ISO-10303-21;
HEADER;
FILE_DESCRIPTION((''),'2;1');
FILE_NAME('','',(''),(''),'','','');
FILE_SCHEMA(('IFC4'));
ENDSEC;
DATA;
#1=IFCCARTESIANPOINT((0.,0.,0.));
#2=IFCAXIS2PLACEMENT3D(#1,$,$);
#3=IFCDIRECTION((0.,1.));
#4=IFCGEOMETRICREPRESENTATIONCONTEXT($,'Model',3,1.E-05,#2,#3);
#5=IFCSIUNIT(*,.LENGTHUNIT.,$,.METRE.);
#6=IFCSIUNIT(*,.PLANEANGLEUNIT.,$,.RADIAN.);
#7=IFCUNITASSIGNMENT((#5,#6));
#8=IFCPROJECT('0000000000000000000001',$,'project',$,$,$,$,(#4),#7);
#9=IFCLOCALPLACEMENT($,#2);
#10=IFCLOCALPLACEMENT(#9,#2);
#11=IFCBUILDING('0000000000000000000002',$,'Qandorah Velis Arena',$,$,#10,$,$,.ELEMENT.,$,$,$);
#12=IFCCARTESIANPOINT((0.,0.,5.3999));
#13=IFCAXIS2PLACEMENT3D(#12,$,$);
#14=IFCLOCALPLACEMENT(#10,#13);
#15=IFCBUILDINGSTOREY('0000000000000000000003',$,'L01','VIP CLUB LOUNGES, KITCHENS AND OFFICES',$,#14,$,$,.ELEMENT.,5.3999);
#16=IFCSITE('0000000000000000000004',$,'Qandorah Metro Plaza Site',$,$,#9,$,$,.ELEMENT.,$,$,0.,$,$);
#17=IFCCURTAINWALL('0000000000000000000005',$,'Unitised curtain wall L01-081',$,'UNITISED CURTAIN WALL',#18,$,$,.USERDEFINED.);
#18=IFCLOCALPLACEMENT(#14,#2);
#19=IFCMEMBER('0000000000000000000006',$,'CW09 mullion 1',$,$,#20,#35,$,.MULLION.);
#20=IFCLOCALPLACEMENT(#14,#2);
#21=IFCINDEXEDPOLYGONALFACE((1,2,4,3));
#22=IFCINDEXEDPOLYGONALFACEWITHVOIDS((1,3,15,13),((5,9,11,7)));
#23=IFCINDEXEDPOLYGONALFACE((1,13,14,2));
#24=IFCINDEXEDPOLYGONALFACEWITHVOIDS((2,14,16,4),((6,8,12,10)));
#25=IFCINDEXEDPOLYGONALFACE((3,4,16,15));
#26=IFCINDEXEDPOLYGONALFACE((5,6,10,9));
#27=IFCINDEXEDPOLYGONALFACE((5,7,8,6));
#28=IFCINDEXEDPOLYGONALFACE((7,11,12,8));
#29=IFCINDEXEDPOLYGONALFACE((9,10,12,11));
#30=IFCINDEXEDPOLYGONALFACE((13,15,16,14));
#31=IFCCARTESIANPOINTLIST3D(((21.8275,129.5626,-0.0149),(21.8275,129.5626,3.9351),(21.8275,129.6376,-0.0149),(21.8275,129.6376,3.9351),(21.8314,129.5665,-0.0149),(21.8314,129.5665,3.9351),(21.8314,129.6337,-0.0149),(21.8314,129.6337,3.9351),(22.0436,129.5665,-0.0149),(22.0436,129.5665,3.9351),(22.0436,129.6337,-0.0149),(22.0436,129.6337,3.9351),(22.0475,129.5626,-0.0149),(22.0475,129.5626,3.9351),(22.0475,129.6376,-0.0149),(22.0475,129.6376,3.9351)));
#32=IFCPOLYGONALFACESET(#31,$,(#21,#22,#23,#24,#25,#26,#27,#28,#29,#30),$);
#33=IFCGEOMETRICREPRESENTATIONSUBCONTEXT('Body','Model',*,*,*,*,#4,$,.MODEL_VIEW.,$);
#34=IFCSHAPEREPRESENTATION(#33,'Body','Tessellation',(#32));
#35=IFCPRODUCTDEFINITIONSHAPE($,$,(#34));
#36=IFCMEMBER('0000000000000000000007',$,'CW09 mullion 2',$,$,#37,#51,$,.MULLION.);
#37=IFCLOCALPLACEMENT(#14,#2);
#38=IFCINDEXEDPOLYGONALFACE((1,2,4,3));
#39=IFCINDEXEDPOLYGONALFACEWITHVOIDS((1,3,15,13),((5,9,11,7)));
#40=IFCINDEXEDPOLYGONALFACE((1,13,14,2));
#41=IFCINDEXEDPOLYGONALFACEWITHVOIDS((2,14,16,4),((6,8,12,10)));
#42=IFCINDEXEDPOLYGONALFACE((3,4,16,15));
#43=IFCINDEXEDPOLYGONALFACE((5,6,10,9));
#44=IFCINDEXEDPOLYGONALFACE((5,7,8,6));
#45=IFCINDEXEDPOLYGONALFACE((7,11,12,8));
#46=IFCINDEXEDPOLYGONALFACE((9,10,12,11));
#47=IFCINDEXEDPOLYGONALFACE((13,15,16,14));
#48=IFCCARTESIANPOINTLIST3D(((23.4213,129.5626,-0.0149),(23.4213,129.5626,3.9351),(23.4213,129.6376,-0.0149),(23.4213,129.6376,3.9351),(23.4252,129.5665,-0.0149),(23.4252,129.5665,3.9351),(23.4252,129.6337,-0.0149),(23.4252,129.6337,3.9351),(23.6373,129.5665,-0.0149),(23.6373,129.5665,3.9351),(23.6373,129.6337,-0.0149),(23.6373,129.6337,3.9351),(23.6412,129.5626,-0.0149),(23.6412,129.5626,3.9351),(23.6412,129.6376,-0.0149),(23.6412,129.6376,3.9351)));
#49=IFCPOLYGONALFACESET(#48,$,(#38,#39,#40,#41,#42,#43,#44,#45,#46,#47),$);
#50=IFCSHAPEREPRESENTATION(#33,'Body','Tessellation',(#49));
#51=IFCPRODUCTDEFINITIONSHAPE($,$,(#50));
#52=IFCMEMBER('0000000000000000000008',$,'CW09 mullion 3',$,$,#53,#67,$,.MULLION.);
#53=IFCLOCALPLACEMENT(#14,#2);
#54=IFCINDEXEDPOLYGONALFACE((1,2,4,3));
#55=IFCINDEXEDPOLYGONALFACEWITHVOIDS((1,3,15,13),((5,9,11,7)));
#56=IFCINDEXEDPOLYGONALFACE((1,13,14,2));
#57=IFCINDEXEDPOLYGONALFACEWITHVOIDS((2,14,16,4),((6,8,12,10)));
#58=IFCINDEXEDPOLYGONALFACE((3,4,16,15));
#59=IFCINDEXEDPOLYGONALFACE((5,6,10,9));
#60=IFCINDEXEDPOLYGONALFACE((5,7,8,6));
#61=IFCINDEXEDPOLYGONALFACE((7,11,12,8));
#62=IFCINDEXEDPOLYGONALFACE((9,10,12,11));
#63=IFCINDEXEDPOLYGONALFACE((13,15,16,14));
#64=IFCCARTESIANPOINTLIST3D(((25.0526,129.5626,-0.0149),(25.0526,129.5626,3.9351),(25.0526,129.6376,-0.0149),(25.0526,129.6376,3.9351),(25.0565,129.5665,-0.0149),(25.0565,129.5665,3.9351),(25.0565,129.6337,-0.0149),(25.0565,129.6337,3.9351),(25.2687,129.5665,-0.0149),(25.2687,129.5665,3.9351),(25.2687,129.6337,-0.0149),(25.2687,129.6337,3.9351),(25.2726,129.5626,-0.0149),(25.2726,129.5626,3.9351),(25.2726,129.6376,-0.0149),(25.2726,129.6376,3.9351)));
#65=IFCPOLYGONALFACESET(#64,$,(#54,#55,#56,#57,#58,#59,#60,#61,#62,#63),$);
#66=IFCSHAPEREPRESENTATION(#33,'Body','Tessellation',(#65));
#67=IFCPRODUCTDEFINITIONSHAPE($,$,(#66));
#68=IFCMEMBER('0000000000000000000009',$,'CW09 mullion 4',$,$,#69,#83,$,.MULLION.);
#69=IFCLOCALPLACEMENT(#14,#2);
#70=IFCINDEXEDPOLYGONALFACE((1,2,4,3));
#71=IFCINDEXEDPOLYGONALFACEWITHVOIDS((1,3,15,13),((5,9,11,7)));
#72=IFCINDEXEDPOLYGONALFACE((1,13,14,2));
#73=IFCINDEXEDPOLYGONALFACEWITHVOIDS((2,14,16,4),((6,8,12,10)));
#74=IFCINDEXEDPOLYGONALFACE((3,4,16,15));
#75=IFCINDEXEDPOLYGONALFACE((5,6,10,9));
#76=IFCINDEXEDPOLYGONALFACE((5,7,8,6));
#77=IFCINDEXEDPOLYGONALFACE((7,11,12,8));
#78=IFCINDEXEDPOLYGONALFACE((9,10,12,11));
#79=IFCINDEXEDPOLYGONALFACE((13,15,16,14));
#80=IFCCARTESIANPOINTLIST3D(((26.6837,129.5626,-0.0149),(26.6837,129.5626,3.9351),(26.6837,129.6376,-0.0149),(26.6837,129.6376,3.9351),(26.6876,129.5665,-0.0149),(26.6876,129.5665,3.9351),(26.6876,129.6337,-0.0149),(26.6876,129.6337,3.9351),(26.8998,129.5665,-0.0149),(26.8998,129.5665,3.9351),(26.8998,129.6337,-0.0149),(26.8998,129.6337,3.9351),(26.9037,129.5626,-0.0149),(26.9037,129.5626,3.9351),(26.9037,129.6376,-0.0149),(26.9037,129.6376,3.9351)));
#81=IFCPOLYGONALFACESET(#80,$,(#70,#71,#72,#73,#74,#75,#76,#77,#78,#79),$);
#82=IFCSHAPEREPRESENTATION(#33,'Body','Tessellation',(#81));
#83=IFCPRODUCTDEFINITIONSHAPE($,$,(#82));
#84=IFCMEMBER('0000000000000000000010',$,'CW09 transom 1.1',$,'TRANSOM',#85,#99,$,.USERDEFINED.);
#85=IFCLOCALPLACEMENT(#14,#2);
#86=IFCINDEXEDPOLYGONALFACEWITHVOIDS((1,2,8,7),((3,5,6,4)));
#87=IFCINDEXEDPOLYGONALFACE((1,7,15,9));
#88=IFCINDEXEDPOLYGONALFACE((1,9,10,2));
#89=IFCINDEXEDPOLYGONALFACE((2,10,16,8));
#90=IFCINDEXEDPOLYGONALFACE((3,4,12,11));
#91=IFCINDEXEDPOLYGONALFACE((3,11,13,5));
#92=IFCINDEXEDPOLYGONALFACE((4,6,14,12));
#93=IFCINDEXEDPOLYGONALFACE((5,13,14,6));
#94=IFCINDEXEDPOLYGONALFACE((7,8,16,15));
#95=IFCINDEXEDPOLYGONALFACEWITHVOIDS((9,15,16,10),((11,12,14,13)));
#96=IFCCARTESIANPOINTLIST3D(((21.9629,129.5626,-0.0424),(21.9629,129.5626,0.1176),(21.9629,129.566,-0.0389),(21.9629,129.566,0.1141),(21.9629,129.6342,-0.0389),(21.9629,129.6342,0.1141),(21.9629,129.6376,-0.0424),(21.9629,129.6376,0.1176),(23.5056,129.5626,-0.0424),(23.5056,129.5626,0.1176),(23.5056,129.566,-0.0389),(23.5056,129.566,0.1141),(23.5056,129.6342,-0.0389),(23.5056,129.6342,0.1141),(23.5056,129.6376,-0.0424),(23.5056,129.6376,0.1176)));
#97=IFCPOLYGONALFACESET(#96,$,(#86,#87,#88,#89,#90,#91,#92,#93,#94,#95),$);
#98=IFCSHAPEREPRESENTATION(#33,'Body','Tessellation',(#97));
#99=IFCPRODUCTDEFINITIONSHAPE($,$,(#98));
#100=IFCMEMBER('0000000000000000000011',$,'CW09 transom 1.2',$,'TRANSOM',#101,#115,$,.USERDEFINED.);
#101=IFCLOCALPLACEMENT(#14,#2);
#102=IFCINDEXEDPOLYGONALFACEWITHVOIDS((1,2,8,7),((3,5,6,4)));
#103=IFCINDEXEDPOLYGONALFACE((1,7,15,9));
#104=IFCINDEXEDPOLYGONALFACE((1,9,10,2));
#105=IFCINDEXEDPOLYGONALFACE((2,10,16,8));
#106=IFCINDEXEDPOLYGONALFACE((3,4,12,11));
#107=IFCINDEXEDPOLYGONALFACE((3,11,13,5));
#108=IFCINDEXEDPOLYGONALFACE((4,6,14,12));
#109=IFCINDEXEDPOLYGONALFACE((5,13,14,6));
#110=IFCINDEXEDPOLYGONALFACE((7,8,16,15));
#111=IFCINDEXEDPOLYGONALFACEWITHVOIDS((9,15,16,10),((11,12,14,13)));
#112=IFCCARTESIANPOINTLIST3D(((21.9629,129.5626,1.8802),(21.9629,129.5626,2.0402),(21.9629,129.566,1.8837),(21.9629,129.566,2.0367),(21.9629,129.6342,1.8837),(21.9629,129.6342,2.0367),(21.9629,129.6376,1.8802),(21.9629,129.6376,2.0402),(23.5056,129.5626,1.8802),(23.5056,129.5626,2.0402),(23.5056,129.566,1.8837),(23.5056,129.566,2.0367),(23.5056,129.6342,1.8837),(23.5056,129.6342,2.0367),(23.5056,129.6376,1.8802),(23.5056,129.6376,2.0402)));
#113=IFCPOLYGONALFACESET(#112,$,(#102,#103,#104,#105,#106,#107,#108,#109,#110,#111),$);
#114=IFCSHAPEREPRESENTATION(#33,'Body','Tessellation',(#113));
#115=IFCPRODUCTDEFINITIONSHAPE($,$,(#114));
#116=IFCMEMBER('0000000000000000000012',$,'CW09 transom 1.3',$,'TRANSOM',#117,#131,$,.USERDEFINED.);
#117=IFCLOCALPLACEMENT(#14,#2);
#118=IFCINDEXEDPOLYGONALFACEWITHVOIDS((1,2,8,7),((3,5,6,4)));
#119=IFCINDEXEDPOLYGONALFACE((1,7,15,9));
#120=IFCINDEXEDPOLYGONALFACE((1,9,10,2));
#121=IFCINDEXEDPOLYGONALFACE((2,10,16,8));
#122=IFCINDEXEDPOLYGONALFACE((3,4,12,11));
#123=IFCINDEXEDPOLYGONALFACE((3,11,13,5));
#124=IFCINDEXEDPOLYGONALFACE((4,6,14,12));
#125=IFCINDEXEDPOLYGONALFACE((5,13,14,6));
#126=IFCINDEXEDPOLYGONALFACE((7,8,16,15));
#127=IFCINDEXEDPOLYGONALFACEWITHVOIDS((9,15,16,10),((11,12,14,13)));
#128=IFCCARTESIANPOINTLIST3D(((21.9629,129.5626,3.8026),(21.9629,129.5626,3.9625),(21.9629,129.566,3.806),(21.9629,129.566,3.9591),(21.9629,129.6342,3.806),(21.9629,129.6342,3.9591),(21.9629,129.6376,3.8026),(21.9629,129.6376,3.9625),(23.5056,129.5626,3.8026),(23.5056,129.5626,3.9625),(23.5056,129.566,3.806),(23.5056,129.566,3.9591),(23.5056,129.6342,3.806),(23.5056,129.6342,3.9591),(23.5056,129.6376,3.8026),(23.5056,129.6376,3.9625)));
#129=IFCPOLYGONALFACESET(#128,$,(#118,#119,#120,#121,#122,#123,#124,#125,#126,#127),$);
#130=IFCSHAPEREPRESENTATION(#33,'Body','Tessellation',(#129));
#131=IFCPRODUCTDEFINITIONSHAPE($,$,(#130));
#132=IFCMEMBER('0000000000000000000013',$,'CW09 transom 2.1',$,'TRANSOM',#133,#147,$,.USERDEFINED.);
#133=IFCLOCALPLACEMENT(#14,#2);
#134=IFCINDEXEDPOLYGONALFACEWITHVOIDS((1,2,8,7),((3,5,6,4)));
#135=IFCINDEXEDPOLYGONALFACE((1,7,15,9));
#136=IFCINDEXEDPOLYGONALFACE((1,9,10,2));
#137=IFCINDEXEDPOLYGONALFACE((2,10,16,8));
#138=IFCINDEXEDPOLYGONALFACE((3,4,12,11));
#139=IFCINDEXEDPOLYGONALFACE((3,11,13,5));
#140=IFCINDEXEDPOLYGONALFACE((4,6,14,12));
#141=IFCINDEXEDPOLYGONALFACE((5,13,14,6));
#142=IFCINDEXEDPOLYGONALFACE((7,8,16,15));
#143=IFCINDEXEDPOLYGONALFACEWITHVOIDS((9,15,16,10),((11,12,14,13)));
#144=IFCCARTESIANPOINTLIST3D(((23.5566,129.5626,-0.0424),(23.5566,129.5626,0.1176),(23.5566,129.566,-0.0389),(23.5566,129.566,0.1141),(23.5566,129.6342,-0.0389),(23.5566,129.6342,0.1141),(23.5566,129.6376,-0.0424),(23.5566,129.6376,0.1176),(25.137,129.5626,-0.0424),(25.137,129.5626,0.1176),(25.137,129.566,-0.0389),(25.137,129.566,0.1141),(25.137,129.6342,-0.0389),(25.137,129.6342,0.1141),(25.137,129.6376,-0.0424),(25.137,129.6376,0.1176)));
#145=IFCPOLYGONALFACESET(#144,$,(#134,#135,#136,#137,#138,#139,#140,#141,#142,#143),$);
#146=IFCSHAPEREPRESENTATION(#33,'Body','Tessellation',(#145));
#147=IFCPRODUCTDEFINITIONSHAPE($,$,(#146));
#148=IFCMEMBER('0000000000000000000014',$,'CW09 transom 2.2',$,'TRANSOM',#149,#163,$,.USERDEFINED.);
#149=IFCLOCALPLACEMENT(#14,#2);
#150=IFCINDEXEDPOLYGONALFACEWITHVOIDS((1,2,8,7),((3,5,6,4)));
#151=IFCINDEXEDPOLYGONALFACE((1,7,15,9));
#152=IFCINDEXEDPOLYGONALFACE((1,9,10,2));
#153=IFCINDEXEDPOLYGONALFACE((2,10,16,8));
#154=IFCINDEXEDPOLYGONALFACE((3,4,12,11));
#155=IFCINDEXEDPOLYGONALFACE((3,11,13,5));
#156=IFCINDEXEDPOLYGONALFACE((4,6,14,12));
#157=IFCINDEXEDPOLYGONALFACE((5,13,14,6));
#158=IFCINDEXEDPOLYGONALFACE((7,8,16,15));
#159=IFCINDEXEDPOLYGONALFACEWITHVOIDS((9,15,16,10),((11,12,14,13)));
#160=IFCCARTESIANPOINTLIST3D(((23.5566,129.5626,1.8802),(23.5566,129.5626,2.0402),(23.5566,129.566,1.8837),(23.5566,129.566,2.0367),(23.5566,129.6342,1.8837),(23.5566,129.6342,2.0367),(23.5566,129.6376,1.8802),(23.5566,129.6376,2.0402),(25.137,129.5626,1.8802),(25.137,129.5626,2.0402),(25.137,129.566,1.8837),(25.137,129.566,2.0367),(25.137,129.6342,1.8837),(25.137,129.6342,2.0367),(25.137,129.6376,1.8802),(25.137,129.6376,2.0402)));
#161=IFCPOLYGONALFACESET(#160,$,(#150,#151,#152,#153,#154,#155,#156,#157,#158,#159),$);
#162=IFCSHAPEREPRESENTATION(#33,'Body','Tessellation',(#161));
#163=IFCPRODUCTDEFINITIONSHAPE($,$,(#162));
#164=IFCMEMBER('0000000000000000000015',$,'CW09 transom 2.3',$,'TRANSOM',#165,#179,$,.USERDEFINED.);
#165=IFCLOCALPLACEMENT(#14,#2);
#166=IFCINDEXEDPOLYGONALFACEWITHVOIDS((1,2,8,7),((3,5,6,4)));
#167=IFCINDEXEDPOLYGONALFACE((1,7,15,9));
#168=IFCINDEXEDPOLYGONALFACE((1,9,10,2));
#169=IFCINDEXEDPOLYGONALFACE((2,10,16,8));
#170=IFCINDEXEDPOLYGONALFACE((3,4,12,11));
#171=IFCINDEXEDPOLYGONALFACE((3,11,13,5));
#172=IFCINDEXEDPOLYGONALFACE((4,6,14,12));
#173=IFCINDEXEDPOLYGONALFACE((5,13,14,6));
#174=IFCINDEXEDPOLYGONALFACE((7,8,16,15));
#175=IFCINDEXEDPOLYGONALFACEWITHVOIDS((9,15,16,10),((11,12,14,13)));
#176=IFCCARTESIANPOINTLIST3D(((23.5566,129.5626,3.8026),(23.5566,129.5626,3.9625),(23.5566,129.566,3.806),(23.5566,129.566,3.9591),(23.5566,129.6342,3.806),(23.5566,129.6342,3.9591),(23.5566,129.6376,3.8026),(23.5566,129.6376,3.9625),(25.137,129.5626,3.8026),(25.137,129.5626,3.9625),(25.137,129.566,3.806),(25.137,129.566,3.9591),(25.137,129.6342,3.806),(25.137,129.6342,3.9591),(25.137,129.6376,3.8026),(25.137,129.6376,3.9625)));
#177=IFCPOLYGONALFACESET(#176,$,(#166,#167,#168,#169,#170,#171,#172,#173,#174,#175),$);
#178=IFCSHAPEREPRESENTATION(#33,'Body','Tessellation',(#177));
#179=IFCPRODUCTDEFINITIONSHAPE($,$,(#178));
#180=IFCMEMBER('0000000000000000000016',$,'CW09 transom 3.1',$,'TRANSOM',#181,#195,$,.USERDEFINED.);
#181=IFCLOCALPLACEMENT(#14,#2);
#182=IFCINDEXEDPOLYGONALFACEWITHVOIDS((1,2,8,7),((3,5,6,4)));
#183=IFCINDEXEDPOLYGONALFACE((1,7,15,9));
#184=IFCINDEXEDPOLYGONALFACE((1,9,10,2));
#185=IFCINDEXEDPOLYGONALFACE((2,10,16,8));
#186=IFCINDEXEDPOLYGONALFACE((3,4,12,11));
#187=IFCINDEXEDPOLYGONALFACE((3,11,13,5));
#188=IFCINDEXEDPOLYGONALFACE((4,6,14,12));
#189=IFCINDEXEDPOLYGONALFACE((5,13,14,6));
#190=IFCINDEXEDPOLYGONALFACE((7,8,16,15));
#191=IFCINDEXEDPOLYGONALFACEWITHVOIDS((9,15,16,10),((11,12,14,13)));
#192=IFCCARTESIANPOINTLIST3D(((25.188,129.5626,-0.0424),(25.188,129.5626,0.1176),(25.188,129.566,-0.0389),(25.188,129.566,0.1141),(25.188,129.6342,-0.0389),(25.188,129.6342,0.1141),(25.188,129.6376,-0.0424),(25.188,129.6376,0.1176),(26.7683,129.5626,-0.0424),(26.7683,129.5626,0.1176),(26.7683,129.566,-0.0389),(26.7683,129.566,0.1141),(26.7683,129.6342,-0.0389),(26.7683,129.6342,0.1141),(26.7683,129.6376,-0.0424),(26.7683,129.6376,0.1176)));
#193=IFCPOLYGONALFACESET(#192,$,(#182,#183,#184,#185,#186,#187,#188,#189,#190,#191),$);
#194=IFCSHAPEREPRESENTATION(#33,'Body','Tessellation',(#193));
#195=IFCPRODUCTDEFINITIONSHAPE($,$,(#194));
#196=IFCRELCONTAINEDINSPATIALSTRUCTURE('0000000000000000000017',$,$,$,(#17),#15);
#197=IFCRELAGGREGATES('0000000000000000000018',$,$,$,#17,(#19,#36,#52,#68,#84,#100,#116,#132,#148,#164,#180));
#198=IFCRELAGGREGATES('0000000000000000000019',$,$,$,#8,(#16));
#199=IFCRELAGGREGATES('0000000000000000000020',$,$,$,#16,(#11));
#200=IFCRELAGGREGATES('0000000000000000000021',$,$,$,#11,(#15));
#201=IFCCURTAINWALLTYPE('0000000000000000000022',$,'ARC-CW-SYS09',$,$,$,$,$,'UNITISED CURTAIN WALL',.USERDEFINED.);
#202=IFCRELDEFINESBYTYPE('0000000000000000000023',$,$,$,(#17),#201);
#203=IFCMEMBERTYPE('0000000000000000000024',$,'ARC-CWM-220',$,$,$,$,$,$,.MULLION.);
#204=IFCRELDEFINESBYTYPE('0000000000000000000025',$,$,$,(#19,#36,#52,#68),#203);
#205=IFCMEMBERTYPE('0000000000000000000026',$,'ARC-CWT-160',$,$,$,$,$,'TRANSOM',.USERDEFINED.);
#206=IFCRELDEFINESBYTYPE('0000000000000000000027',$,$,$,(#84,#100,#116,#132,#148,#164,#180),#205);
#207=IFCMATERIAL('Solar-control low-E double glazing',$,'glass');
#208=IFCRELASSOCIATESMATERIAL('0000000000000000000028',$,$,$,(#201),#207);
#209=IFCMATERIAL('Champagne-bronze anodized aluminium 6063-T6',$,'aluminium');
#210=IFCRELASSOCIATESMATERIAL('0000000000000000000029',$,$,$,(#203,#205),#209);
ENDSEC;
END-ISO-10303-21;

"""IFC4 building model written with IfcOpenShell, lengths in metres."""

from ifc_helpers import new_model, si_unit, direction, frame, origin, origin_2d, place, context, subcontext, project, spatial, hollow_rectangle, extrude, material, material_profile, profile_set, type_object, element, aggregate, save


model = new_model("IFC4")

# Units and contexts
model_context = context("Model", 3, precision=1e-05, world=origin(), true_north=direction((0.0, 1.0)))
body_context = subcontext(model_context, "Body", "Model", "MODEL_VIEW")
ifc_project = project(units=[si_unit("LENGTHUNIT", "METRE"), si_unit("PLANEANGLEUNIT", "RADIAN")], contexts=[model_context])

# Site, building, storey
site_placement = place(None, origin())
site = spatial("IfcSite", under=ifc_project, at=site_placement, Name="Qandorah Metro Plaza Site", CompositionType="ELEMENT", RefElevation=0.0)
building_placement = place(site_placement, origin())
building = spatial("IfcBuilding", under=site, at=building_placement, Name="Qandorah Velis Arena", CompositionType="ELEMENT")
storey_placement = place(building_placement, frame((0.0, 0.0, 5.3999)))
storey = spatial("IfcBuildingStorey", under=building, at=storey_placement, Name="L01", Description="VIP CLUB LOUNGES, KITCHENS AND OFFICES", CompositionType="ELEMENT", Elevation=5.3999)

# Curtain wall, members
ifc_material_1 = material(Name="Solar-control low-E double glazing", Category="glass")
curtain_wall_type = type_object("IfcCurtainWallType", Name="ARC-CW-SYS09", ElementType="UNITISED CURTAIN WALL", PredefinedType="USERDEFINED", material=ifc_material_1)
curtain_wall_placement = place(storey_placement, origin())
curtain_wall = element("IfcCurtainWall", 1, at=curtain_wall_placement, inside=storey, type_object=curtain_wall_type, Name="Unitised curtain wall L01-081", ObjectType="UNITISED CURTAIN WALL", PredefinedType="USERDEFINED")
ifc_material_2 = material(Name="Champagne-bronze anodized aluminium 6063-T6", Category="aluminium")
ifc_material_profile_1 = material_profile(ifc_material_2, hollow_rectangle(XDim=0.075, YDim=0.22, WallThickness=0.0039, at=origin_2d()), Name="ALU MULLION 75x220")
ifc_profile_set_1 = profile_set([ifc_material_profile_1], Name="Champagne-bronze anodized aluminium 6063-T6")
member_type_1 = type_object("IfcMemberType", Name="ARC-CWM-220", PredefinedType="MULLION", material=ifc_profile_set_1)
member_1_placement = place(storey_placement, frame((21.9375, 129.6001, -0.0149), z_axis=(0.0, 0.0, 1.0), x_axis=(0.0, 1.0, 0.0)))
member_1 = element("IfcMember", 2, at=member_1_placement, type_object=member_type_1, Name="CW09 mullion 1", PredefinedType="MULLION", context=body_context, shape_type="SweptSolid", body=[
    extrude(hollow_rectangle(XDim=0.075, YDim=0.22, WallThickness=0.0039, at=origin_2d()), origin(), (0.0, 0.0, 1.0), 3.95),
])
member_2_placement = place(storey_placement, frame((23.5312, 129.6001, -0.0149), z_axis=(0.0, 0.0, 1.0), x_axis=(0.0, 1.0, 0.0)))
member_2 = element("IfcMember", 3, at=member_2_placement, type_object=member_type_1, Name="CW09 mullion 2", PredefinedType="MULLION", context=body_context, shape_type="SweptSolid", body=[
    extrude(hollow_rectangle(XDim=0.075, YDim=0.22, WallThickness=0.0039, at=origin_2d()), origin(), (0.0, 0.0, 1.0), 3.95),
])
member_3_placement = place(storey_placement, frame((25.1626, 129.6001, -0.0149), z_axis=(0.0, 0.0, 1.0), x_axis=(0.0, 1.0, 0.0)))
member_3 = element("IfcMember", 4, at=member_3_placement, type_object=member_type_1, Name="CW09 mullion 3", PredefinedType="MULLION", context=body_context, shape_type="SweptSolid", body=[
    extrude(hollow_rectangle(XDim=0.075, YDim=0.22, WallThickness=0.0039, at=origin_2d()), origin(), (0.0, 0.0, 1.0), 3.95),
])
member_4_placement = place(storey_placement, frame((26.7937, 129.6001, -0.0149), z_axis=(0.0, 0.0, 1.0), x_axis=(0.0, 1.0, 0.0)))
member_4 = element("IfcMember", 5, at=member_4_placement, type_object=member_type_1, Name="CW09 mullion 4", PredefinedType="MULLION", context=body_context, shape_type="SweptSolid", body=[
    extrude(hollow_rectangle(XDim=0.075, YDim=0.22, WallThickness=0.0039, at=origin_2d()), origin(), (0.0, 0.0, 1.0), 3.95),
])
ifc_material_profile_2 = material_profile(ifc_material_2, hollow_rectangle(XDim=0.075, YDim=0.1599, WallThickness=0.0034, at=origin_2d()), Name="ALU TRANSOM 75x160")
ifc_profile_set_2 = profile_set([ifc_material_profile_2], Name="Champagne-bronze anodized aluminium 6063-T6")
member_type_2 = type_object("IfcMemberType", Name="ARC-CWT-160", ElementType="TRANSOM", PredefinedType="USERDEFINED", material=ifc_profile_set_2)
member_5_placement = place(storey_placement, frame((21.9629, 129.6001, 0.0376), z_axis=(1.0, 0.0, 0.0), x_axis=(0.0, 1.0, 0.0)))
member_5 = element("IfcMember", 6, at=member_5_placement, type_object=member_type_2, Name="CW09 transom 1.1", ObjectType="TRANSOM", PredefinedType="USERDEFINED", context=body_context, shape_type="SweptSolid", body=[
    extrude(hollow_rectangle(XDim=0.075, YDim=0.1599, WallThickness=0.0034, at=origin_2d()), origin(), (0.0, 0.0, 1.0), 1.5427),
])
member_6_placement = place(storey_placement, frame((21.9629, 129.6001, 1.9602), z_axis=(1.0, 0.0, 0.0), x_axis=(0.0, 1.0, 0.0)))
member_6 = element("IfcMember", 7, at=member_6_placement, type_object=member_type_2, Name="CW09 transom 1.2", ObjectType="TRANSOM", PredefinedType="USERDEFINED", context=body_context, shape_type="SweptSolid", body=[
    extrude(hollow_rectangle(XDim=0.075, YDim=0.1599, WallThickness=0.0034, at=origin_2d()), origin(), (0.0, 0.0, 1.0), 1.5427),
])
member_7_placement = place(storey_placement, frame((21.9629, 129.6001, 3.8826), z_axis=(1.0, 0.0, 0.0), x_axis=(0.0, 1.0, 0.0)))
member_7 = element("IfcMember", 8, at=member_7_placement, type_object=member_type_2, Name="CW09 transom 1.3", ObjectType="TRANSOM", PredefinedType="USERDEFINED", context=body_context, shape_type="SweptSolid", body=[
    extrude(hollow_rectangle(XDim=0.075, YDim=0.1599, WallThickness=0.0034, at=origin_2d()), origin(), (0.0, 0.0, 1.0), 1.5427),
])
member_8_placement = place(storey_placement, frame((23.5566, 129.6001, 0.0376), z_axis=(1.0, 0.0, 0.0), x_axis=(0.0, 1.0, 0.0)))
member_8 = element("IfcMember", 9, at=member_8_placement, type_object=member_type_2, Name="CW09 transom 2.1", ObjectType="TRANSOM", PredefinedType="USERDEFINED", context=body_context, shape_type="SweptSolid", body=[
    extrude(hollow_rectangle(XDim=0.075, YDim=0.1599, WallThickness=0.0034, at=origin_2d()), origin(), (0.0, 0.0, 1.0), 1.5803),
])
member_9_placement = place(storey_placement, frame((23.5566, 129.6001, 1.9602), z_axis=(1.0, 0.0, 0.0), x_axis=(0.0, 1.0, 0.0)))
member_9 = element("IfcMember", 10, at=member_9_placement, type_object=member_type_2, Name="CW09 transom 2.2", ObjectType="TRANSOM", PredefinedType="USERDEFINED", context=body_context, shape_type="SweptSolid", body=[
    extrude(hollow_rectangle(XDim=0.075, YDim=0.1599, WallThickness=0.0034, at=origin_2d()), origin(), (0.0, 0.0, 1.0), 1.5803),
])
member_10_placement = place(storey_placement, frame((23.5566, 129.6001, 3.8826), z_axis=(1.0, 0.0, 0.0), x_axis=(0.0, 1.0, 0.0)))
member_10 = element("IfcMember", 11, at=member_10_placement, type_object=member_type_2, Name="CW09 transom 2.3", ObjectType="TRANSOM", PredefinedType="USERDEFINED", context=body_context, shape_type="SweptSolid", body=[
    extrude(hollow_rectangle(XDim=0.075, YDim=0.1599, WallThickness=0.0034, at=origin_2d()), origin(), (0.0, 0.0, 1.0), 1.5803),
])
member_11_placement = place(storey_placement, frame((25.188, 129.6001, 0.0376), z_axis=(1.0, 0.0, 0.0), x_axis=(0.0, 1.0, 0.0)))
member_11 = element("IfcMember", 12, at=member_11_placement, type_object=member_type_2, Name="CW09 transom 3.1", ObjectType="TRANSOM", PredefinedType="USERDEFINED", context=body_context, shape_type="SweptSolid", body=[
    extrude(hollow_rectangle(XDim=0.075, YDim=0.1599, WallThickness=0.0034, at=origin_2d()), origin(), (0.0, 0.0, 1.0), 1.5803),
])
aggregate(curtain_wall, [member_1, member_2, member_3, member_4, member_5, member_6, member_7, member_8, member_9, member_10, member_11])

save(model, "model.ifc")
